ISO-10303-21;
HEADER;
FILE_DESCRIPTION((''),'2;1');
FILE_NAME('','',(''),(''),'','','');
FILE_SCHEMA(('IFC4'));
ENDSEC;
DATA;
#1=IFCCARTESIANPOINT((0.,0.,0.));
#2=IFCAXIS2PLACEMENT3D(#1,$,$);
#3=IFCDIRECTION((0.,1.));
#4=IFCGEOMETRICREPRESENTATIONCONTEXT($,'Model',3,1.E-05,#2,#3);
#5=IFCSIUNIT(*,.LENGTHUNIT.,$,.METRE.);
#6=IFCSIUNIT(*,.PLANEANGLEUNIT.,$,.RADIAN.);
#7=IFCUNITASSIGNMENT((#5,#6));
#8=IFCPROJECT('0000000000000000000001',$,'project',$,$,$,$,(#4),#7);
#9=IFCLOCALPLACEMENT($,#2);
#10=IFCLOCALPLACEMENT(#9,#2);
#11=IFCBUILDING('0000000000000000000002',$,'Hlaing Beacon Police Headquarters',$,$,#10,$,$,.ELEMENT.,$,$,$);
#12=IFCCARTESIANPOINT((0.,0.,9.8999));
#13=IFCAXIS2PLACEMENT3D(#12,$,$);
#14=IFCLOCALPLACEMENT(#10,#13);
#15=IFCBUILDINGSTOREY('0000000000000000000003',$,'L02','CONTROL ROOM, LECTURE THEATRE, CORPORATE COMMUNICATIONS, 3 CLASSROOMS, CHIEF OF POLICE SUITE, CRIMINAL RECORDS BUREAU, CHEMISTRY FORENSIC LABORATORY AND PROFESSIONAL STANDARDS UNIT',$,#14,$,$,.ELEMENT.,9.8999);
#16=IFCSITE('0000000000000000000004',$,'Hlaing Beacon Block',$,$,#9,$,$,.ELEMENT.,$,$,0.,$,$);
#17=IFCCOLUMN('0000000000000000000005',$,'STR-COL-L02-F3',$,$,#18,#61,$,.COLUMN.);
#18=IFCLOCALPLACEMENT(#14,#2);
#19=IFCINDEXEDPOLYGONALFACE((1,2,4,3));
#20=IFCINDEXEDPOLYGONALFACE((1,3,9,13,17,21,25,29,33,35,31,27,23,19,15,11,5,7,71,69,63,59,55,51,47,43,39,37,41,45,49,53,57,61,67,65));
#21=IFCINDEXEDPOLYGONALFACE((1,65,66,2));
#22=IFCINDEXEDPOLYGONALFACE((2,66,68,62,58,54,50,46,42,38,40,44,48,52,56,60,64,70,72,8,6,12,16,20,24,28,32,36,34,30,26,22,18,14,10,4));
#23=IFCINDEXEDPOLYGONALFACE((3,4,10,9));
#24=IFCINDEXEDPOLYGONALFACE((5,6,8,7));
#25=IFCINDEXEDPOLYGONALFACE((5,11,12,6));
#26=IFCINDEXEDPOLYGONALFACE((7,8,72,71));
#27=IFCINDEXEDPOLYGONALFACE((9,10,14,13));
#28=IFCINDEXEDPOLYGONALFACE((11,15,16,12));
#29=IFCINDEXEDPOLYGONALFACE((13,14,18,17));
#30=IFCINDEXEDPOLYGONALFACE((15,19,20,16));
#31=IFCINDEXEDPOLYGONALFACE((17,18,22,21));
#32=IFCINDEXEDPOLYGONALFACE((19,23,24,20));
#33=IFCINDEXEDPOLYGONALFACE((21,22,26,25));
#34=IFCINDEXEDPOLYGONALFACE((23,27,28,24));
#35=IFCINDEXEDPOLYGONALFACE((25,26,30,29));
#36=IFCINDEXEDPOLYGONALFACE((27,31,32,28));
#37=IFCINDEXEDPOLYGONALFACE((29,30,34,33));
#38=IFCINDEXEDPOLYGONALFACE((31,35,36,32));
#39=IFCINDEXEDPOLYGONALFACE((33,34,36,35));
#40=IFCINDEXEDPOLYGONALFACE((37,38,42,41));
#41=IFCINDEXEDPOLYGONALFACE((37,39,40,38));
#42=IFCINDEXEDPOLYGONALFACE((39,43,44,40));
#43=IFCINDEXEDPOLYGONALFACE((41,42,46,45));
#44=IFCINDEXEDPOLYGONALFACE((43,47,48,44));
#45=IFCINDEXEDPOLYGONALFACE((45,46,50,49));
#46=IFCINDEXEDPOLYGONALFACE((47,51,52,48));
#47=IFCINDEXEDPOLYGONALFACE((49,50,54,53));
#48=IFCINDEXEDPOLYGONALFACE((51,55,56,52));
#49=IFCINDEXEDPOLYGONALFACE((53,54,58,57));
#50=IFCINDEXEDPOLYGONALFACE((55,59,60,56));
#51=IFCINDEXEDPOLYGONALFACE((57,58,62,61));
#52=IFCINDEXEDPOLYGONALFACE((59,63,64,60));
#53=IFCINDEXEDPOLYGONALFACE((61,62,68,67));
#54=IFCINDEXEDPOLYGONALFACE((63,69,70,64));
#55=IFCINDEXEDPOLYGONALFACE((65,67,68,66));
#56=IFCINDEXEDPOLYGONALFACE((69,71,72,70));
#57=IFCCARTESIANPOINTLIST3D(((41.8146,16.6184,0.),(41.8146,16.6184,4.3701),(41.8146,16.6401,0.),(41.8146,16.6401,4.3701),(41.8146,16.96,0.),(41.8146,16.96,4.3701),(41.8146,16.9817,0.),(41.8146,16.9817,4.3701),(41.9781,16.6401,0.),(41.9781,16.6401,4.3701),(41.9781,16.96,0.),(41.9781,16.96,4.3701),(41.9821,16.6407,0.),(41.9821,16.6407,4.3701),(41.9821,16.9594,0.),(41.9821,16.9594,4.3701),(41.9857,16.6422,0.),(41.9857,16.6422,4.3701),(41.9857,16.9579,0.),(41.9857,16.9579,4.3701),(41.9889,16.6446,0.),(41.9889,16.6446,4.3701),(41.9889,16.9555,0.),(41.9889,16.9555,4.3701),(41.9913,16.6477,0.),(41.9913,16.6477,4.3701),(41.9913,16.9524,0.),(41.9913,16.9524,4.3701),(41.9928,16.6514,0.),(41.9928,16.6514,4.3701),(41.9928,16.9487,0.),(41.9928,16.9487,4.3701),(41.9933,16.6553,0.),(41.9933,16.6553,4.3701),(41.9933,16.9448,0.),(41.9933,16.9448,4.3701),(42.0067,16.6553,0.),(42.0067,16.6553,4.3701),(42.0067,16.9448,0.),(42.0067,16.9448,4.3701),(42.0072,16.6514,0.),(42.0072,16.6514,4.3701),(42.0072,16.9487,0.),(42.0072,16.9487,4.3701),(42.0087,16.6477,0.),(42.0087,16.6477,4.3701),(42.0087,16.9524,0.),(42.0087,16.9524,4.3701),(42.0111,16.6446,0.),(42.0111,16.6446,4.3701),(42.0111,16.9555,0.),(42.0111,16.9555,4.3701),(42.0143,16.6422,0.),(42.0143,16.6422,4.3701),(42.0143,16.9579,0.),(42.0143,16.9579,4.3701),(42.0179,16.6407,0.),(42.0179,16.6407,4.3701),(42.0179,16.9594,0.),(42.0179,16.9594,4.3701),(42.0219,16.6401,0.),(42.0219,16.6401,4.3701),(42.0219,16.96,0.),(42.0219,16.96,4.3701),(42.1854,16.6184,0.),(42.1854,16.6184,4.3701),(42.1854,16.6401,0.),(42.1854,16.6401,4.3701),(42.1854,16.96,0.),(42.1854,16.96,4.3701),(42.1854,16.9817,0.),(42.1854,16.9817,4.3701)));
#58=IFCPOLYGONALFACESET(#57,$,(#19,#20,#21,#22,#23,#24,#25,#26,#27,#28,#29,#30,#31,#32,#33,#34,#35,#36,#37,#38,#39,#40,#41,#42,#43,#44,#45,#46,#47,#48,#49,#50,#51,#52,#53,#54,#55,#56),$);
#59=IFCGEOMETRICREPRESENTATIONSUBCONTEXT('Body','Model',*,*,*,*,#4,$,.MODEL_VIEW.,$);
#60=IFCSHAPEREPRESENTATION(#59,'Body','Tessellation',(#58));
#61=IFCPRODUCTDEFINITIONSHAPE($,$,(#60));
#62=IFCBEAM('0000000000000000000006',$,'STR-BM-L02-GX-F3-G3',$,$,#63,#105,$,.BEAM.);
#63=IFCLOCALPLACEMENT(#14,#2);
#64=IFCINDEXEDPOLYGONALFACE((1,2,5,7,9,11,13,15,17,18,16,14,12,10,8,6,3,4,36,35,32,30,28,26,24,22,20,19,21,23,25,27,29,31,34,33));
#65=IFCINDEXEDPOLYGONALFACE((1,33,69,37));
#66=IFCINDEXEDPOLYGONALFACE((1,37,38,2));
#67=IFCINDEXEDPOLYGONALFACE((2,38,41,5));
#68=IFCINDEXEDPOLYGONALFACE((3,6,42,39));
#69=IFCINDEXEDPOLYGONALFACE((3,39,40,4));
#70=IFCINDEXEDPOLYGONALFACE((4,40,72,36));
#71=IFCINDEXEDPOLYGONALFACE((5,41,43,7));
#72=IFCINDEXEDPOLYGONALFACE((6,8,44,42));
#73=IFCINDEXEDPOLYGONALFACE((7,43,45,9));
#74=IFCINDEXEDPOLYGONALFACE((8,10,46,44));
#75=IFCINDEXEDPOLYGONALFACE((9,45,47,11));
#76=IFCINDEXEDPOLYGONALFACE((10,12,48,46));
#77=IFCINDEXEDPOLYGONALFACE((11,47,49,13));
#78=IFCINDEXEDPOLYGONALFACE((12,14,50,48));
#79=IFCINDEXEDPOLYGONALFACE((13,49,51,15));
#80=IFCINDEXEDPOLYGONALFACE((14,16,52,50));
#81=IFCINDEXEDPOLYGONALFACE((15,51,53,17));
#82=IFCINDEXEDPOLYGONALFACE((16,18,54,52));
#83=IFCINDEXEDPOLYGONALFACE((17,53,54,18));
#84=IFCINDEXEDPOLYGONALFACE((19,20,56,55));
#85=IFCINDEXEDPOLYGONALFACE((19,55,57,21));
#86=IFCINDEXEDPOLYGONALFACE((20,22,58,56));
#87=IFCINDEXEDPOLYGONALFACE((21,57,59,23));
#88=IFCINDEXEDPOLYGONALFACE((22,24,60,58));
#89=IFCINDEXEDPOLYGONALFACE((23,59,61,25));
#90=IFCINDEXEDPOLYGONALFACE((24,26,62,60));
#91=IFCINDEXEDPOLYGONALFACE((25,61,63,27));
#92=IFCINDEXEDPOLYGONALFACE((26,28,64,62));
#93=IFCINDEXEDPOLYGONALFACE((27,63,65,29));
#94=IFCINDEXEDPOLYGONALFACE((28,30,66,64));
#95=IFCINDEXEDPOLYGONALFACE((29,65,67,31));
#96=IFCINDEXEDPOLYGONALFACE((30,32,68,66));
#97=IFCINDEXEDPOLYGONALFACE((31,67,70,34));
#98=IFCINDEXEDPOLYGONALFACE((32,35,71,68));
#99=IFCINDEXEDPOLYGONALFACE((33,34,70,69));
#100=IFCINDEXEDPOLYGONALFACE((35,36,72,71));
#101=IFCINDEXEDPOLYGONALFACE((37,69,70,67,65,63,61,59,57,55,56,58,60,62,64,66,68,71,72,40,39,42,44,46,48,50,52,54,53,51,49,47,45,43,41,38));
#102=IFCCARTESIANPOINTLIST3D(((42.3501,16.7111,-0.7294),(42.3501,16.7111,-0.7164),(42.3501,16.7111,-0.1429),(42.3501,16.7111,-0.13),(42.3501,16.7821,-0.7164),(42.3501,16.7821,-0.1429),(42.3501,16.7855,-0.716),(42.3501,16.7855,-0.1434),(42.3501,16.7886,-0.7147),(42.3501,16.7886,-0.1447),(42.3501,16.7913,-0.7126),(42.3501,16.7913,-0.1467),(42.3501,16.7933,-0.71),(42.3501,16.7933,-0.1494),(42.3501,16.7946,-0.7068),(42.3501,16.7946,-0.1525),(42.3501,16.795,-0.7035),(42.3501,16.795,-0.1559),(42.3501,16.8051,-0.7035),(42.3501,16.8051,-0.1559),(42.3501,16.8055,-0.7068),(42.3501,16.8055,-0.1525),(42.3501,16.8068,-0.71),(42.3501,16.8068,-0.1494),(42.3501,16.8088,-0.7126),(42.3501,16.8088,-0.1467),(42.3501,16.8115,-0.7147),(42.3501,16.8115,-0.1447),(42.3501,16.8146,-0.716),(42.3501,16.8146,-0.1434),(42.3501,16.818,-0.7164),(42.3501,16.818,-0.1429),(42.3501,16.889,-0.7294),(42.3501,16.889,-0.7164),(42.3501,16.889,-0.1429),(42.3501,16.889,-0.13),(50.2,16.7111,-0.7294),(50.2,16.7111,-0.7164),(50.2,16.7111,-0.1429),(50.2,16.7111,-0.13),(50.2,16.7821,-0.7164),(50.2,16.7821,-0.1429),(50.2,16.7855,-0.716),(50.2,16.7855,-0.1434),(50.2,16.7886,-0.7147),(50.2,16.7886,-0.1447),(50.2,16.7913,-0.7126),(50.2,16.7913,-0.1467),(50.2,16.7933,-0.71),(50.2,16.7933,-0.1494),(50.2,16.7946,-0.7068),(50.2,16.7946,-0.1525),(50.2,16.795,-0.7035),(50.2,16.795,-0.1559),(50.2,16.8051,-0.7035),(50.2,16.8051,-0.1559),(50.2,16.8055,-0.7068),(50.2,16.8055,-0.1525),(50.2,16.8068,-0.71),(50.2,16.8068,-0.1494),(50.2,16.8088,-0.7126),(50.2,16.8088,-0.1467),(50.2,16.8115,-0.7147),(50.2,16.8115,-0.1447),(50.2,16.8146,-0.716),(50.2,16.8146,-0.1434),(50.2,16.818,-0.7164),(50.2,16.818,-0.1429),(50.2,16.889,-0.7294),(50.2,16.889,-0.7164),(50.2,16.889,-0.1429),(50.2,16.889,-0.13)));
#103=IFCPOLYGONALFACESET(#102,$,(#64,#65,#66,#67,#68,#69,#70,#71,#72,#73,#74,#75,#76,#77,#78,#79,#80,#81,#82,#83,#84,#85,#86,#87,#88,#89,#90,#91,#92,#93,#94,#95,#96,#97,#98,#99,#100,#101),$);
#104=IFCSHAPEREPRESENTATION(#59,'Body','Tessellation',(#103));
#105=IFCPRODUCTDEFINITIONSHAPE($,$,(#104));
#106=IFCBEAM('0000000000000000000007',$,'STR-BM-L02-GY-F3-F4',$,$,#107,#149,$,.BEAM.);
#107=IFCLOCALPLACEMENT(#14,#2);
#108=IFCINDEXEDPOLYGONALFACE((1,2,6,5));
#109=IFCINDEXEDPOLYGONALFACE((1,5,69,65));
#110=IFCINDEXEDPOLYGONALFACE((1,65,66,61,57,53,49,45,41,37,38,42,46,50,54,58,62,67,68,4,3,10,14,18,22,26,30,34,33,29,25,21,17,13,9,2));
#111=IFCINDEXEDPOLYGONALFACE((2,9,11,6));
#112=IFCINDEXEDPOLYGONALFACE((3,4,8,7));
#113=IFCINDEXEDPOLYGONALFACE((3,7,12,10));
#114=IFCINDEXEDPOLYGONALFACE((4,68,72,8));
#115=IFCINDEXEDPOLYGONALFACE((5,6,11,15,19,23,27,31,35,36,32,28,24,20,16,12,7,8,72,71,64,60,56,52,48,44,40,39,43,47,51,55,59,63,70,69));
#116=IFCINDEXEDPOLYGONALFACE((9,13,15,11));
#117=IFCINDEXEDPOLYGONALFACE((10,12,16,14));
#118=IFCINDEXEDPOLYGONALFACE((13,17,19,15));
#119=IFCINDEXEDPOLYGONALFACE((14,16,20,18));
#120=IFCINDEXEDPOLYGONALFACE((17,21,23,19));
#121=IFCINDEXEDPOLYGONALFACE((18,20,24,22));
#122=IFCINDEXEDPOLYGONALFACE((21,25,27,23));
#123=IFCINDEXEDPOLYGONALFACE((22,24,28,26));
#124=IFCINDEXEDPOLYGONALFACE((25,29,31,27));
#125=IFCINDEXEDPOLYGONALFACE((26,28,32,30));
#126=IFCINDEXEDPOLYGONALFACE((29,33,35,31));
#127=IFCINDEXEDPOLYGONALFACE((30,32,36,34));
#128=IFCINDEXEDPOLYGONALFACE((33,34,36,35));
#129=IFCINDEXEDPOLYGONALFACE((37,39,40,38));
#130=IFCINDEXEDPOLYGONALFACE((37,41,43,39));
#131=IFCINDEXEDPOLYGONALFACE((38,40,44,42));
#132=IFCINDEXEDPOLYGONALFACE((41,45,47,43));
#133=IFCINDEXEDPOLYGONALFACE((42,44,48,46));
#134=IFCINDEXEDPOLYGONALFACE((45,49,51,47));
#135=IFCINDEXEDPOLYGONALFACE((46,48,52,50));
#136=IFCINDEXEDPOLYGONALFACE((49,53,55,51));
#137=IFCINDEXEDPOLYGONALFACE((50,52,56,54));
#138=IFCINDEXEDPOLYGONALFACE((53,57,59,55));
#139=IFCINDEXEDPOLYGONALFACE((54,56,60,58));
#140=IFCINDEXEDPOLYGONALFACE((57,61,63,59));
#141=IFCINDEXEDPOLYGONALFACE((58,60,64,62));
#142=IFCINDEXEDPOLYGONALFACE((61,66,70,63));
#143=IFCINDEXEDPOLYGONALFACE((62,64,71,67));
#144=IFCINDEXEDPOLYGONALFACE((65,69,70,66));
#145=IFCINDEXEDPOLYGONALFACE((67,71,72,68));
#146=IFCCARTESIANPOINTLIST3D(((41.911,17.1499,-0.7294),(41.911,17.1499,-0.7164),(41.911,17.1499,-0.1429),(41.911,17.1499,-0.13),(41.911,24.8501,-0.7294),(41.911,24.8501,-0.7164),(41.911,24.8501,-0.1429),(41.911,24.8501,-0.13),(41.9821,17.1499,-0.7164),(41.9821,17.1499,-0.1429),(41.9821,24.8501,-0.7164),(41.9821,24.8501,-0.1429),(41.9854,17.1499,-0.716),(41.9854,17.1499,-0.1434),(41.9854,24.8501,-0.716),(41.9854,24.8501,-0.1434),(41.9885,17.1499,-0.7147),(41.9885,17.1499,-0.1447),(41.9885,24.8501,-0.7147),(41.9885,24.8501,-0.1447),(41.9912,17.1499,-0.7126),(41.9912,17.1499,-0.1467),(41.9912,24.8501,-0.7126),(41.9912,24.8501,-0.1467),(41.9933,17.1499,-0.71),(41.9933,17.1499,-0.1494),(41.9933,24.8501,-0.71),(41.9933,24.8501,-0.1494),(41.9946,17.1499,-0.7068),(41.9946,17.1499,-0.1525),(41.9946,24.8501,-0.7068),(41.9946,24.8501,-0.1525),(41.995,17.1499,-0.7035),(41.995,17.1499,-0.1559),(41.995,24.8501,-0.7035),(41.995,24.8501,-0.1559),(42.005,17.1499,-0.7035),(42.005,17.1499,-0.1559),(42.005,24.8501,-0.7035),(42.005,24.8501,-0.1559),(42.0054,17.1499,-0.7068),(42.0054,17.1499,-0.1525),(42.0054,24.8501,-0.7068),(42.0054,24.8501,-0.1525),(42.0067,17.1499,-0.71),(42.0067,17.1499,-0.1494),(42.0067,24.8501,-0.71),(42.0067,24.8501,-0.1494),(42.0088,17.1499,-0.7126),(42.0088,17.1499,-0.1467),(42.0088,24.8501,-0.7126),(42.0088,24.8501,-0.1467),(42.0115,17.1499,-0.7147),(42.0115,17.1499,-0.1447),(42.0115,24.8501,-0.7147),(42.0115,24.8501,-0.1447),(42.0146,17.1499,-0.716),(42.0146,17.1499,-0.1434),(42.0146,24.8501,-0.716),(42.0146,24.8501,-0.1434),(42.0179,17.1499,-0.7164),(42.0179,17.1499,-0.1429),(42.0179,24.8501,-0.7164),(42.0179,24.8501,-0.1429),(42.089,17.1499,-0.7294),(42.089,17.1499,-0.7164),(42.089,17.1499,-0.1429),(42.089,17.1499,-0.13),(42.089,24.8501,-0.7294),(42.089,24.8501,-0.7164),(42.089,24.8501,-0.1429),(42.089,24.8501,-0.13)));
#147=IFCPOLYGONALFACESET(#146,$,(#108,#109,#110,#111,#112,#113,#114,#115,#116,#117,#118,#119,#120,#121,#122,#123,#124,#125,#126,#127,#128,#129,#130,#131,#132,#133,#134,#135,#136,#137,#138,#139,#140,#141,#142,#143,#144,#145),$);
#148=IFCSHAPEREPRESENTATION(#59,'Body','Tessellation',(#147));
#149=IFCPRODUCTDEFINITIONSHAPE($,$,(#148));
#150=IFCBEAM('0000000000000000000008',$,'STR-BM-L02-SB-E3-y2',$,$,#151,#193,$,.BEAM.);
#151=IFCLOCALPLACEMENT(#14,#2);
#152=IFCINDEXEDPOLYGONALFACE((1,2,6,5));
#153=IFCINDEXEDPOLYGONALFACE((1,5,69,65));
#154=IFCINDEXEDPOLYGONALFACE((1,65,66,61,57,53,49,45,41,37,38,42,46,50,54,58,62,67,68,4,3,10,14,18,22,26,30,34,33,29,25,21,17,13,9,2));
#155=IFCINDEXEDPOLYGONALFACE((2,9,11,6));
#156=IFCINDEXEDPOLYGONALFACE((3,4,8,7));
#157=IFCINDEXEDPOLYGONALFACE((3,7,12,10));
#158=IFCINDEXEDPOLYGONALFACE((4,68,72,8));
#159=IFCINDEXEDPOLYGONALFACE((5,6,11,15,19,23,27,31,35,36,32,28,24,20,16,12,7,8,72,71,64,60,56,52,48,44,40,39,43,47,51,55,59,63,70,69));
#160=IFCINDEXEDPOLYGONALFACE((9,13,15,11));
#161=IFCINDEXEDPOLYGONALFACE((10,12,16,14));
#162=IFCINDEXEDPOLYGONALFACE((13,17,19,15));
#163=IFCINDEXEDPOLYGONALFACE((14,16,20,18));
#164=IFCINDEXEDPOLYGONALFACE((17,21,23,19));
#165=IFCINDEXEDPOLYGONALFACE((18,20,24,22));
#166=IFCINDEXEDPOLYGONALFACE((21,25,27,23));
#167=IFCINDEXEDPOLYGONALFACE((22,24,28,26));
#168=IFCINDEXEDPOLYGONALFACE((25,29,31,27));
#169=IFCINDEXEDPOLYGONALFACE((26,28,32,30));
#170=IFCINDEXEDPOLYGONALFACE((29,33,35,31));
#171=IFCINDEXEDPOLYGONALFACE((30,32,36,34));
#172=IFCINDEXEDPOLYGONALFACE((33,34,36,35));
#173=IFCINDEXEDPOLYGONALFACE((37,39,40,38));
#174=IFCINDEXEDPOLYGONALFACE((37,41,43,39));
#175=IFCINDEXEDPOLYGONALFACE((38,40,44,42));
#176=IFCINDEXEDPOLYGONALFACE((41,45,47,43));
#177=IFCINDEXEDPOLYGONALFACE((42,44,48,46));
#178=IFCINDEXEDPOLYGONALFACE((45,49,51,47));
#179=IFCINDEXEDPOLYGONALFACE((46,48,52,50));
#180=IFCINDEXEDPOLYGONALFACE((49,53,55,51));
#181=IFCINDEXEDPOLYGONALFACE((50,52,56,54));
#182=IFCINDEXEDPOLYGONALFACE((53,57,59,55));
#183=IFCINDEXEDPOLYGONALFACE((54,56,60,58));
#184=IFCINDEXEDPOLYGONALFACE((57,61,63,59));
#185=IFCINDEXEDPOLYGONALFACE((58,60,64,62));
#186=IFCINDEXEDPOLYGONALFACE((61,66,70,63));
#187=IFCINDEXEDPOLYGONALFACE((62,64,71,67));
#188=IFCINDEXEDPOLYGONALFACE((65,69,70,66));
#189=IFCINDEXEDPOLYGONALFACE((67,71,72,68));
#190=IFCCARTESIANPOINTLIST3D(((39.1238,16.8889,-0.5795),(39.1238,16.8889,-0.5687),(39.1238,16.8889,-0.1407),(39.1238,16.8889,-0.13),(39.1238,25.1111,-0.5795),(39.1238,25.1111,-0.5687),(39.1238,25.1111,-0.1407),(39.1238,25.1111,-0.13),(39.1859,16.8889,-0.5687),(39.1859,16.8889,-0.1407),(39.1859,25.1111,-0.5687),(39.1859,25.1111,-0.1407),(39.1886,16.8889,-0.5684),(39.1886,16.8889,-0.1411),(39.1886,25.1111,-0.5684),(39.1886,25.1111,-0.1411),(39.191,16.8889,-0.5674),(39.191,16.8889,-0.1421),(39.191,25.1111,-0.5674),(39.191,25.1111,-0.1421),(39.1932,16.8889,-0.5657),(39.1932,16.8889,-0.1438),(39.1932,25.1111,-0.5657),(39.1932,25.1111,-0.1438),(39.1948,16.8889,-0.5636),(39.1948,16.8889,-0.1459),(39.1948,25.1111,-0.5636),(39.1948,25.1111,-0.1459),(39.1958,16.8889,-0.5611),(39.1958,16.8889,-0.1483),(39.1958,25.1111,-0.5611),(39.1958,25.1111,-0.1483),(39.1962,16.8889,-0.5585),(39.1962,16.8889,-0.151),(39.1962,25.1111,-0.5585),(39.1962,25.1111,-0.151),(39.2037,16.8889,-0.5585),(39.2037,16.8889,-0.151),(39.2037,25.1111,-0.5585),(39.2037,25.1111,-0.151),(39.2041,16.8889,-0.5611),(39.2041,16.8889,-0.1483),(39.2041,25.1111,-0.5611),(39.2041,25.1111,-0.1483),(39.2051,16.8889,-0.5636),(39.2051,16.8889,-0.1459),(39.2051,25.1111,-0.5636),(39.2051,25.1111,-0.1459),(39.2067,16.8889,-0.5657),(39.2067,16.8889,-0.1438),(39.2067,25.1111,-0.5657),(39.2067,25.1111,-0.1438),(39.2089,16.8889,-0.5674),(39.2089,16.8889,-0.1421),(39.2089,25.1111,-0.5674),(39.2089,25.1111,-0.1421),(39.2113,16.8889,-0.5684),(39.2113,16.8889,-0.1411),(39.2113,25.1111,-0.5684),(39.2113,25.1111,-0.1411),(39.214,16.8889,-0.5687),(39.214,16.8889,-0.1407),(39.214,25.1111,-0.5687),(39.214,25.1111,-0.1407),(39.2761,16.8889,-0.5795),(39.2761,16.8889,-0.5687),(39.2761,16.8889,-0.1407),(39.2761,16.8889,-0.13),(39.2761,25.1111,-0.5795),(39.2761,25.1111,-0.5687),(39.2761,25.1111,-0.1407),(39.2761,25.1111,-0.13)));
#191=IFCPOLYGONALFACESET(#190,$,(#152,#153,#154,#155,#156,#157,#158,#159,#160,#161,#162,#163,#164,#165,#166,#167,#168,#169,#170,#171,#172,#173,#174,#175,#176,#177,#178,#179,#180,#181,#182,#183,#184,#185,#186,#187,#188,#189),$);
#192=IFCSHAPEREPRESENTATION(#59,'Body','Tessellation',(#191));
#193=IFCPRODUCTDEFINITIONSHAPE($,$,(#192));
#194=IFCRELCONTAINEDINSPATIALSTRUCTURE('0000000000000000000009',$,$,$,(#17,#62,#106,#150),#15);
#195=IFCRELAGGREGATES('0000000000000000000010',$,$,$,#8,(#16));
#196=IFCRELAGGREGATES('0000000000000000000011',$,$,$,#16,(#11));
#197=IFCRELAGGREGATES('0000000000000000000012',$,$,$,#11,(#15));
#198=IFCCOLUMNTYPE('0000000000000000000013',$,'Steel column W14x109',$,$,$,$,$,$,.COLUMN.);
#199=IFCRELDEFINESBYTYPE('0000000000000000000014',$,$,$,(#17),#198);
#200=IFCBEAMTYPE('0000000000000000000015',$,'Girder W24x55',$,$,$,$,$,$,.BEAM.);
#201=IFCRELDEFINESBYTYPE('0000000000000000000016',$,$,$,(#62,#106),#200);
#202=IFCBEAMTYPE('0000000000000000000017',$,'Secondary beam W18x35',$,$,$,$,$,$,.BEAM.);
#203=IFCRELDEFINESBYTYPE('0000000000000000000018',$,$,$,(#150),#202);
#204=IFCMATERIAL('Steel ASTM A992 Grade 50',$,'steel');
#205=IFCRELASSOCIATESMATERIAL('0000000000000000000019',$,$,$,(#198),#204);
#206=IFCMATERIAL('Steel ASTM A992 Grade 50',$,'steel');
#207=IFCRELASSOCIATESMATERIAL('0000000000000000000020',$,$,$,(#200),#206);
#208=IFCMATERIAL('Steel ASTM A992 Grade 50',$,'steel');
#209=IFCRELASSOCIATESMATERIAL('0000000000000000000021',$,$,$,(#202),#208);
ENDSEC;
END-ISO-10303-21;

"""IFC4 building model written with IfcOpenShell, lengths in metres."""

from ifc_helpers import new_model, si_unit, direction, frame, origin, origin_2d, place, context, subcontext, project, spatial, i_section, extrude, material, material_profile, profile_set, type_object, element, save


model = new_model("IFC4")

# Units and contexts
model_context = context("Model", 3, precision=1e-05, world=origin(), true_north=direction((0.0, 1.0)))
body_context = subcontext(model_context, "Body", "Model", "MODEL_VIEW")
ifc_project = project(units=[si_unit("LENGTHUNIT", "METRE"), si_unit("PLANEANGLEUNIT", "RADIAN")], contexts=[model_context])

# Site, building, storey
site_placement = place(None, origin())
site = spatial("IfcSite", under=ifc_project, at=site_placement, Name="Hlaing Beacon Block", CompositionType="ELEMENT", RefElevation=0.0)
building_placement = place(site_placement, origin())
building = spatial("IfcBuilding", under=site, at=building_placement, Name="Hlaing Beacon Police Headquarters", CompositionType="ELEMENT")
storey_placement = place(building_placement, frame((0.0, 0.0, 9.8999)))
storey = spatial("IfcBuildingStorey", under=building, at=storey_placement, Name="L02", Description="CONTROL ROOM, LECTURE THEATRE, CORPORATE COMMUNICATIONS, 3 CLASSROOMS, CHIEF OF POLICE SUITE, CRIMINAL RECORDS BUREAU, CHEMISTRY FORENSIC LABORATORY AND PROFESSIONAL STANDARDS UNIT", CompositionType="ELEMENT", Elevation=9.8999)

# Column
ifc_material_1 = material(Name="Steel ASTM A992 Grade 50", Category="steel")
ifc_material_profile_1 = material_profile(ifc_material_1, i_section(OverallWidth=0.3708, OverallDepth=0.3633, WebThickness=0.0134, FlangeThickness=0.0217, FilletRadius=0.0151, at=origin_2d()), Name="W14x109")
ifc_profile_set_1 = profile_set([ifc_material_profile_1], Name="Steel ASTM A992 Grade 50")
column_type = type_object("IfcColumnType", Name="Steel column W14x109", PredefinedType="COLUMN", material=ifc_profile_set_1)
column_placement = place(storey_placement, frame((42.0, 16.8, 0.0), z_axis=(0.0, 0.0, 1.0), x_axis=(1.0, 0.0, 0.0)))
element("IfcColumn", 1, at=column_placement, inside=storey, type_object=column_type, Name="STR-COL-L02-F3", PredefinedType="COLUMN", context=body_context, shape_type="SweptSolid", body=[
    extrude(i_section(OverallWidth=0.3708, OverallDepth=0.3633, WebThickness=0.0134, FlangeThickness=0.0217, FilletRadius=0.0151, at=origin_2d()), origin(), (0.0, 0.0, 1.0), 4.3701),
])

# Beams
ifc_material_2 = material(Name="Steel ASTM A992 Grade 50", Category="steel")
ifc_material_profile_2 = material_profile(ifc_material_2, i_section(OverallWidth=0.178, OverallDepth=0.5994, WebThickness=0.01, FlangeThickness=0.0129, FilletRadius=0.0129, at=origin_2d()), Name="W24x55")
ifc_profile_set_2 = profile_set([ifc_material_profile_2], Name="Steel ASTM A992 Grade 50")
beam_type_1 = type_object("IfcBeamType", Name="Girder W24x55", PredefinedType="BEAM", material=ifc_profile_set_2)
beam_1_placement = place(storey_placement, frame((42.3501, 16.8, -0.4297), z_axis=(1.0, 0.0, 0.0), x_axis=(0.0, 1.0, 0.0)))
element("IfcBeam", 2, at=beam_1_placement, inside=storey, type_object=beam_type_1, Name="STR-BM-L02-GX-F3-G3", PredefinedType="BEAM", context=body_context, shape_type="SweptSolid", body=[
    extrude(i_section(OverallWidth=0.178, OverallDepth=0.5994, WebThickness=0.01, FlangeThickness=0.0129, FilletRadius=0.0129, at=origin_2d()), origin(), (0.0, 0.0, 1.0), 7.8499),
])
beam_2_placement = place(storey_placement, frame((42.0, 17.1499, -0.4297), z_axis=(0.0, 1.0, 0.0), x_axis=(-1.0, 0.0, 0.0)))
element("IfcBeam", 3, at=beam_2_placement, inside=storey, type_object=beam_type_1, Name="STR-BM-L02-GY-F3-F4", PredefinedType="BEAM", context=body_context, shape_type="SweptSolid", body=[
    extrude(i_section(OverallWidth=0.178, OverallDepth=0.5994, WebThickness=0.01, FlangeThickness=0.0129, FilletRadius=0.0129, at=origin_2d()), origin(), (0.0, 0.0, 1.0), 7.7002),
])
ifc_material_3 = material(Name="Steel ASTM A992 Grade 50", Category="steel")
ifc_material_profile_3 = material_profile(ifc_material_3, i_section(OverallWidth=0.1523, OverallDepth=0.4495, WebThickness=0.0076, FlangeThickness=0.0107, FilletRadius=0.0103, at=origin_2d()), Name="W18x35")
ifc_profile_set_3 = profile_set([ifc_material_profile_3], Name="Steel ASTM A992 Grade 50")
beam_type_2 = type_object("IfcBeamType", Name="Secondary beam W18x35", PredefinedType="BEAM", material=ifc_profile_set_3)
for number, where, z_axis, x_axis, name in (
    (4, (39.2, 16.8889, -0.3547), (0.0, 1.0, 0.0), (-1.0, 0.0, 0.0), "STR-BM-L02-SB-E3-y2"),
):
    element("IfcBeam", number, at=place(storey_placement, frame(where, z_axis=z_axis, x_axis=x_axis)), inside=storey, type_object=beam_type_2, Name=name, PredefinedType="BEAM", context=body_context, shape_type="SweptSolid", body=[
        extrude(i_section(OverallWidth=0.1523, OverallDepth=0.4495, WebThickness=0.0076, FlangeThickness=0.0107, FilletRadius=0.0103, at=origin_2d()), origin(), (0.0, 0.0, 1.0), 8.2222),
    ])

save(model, "model.ifc")
